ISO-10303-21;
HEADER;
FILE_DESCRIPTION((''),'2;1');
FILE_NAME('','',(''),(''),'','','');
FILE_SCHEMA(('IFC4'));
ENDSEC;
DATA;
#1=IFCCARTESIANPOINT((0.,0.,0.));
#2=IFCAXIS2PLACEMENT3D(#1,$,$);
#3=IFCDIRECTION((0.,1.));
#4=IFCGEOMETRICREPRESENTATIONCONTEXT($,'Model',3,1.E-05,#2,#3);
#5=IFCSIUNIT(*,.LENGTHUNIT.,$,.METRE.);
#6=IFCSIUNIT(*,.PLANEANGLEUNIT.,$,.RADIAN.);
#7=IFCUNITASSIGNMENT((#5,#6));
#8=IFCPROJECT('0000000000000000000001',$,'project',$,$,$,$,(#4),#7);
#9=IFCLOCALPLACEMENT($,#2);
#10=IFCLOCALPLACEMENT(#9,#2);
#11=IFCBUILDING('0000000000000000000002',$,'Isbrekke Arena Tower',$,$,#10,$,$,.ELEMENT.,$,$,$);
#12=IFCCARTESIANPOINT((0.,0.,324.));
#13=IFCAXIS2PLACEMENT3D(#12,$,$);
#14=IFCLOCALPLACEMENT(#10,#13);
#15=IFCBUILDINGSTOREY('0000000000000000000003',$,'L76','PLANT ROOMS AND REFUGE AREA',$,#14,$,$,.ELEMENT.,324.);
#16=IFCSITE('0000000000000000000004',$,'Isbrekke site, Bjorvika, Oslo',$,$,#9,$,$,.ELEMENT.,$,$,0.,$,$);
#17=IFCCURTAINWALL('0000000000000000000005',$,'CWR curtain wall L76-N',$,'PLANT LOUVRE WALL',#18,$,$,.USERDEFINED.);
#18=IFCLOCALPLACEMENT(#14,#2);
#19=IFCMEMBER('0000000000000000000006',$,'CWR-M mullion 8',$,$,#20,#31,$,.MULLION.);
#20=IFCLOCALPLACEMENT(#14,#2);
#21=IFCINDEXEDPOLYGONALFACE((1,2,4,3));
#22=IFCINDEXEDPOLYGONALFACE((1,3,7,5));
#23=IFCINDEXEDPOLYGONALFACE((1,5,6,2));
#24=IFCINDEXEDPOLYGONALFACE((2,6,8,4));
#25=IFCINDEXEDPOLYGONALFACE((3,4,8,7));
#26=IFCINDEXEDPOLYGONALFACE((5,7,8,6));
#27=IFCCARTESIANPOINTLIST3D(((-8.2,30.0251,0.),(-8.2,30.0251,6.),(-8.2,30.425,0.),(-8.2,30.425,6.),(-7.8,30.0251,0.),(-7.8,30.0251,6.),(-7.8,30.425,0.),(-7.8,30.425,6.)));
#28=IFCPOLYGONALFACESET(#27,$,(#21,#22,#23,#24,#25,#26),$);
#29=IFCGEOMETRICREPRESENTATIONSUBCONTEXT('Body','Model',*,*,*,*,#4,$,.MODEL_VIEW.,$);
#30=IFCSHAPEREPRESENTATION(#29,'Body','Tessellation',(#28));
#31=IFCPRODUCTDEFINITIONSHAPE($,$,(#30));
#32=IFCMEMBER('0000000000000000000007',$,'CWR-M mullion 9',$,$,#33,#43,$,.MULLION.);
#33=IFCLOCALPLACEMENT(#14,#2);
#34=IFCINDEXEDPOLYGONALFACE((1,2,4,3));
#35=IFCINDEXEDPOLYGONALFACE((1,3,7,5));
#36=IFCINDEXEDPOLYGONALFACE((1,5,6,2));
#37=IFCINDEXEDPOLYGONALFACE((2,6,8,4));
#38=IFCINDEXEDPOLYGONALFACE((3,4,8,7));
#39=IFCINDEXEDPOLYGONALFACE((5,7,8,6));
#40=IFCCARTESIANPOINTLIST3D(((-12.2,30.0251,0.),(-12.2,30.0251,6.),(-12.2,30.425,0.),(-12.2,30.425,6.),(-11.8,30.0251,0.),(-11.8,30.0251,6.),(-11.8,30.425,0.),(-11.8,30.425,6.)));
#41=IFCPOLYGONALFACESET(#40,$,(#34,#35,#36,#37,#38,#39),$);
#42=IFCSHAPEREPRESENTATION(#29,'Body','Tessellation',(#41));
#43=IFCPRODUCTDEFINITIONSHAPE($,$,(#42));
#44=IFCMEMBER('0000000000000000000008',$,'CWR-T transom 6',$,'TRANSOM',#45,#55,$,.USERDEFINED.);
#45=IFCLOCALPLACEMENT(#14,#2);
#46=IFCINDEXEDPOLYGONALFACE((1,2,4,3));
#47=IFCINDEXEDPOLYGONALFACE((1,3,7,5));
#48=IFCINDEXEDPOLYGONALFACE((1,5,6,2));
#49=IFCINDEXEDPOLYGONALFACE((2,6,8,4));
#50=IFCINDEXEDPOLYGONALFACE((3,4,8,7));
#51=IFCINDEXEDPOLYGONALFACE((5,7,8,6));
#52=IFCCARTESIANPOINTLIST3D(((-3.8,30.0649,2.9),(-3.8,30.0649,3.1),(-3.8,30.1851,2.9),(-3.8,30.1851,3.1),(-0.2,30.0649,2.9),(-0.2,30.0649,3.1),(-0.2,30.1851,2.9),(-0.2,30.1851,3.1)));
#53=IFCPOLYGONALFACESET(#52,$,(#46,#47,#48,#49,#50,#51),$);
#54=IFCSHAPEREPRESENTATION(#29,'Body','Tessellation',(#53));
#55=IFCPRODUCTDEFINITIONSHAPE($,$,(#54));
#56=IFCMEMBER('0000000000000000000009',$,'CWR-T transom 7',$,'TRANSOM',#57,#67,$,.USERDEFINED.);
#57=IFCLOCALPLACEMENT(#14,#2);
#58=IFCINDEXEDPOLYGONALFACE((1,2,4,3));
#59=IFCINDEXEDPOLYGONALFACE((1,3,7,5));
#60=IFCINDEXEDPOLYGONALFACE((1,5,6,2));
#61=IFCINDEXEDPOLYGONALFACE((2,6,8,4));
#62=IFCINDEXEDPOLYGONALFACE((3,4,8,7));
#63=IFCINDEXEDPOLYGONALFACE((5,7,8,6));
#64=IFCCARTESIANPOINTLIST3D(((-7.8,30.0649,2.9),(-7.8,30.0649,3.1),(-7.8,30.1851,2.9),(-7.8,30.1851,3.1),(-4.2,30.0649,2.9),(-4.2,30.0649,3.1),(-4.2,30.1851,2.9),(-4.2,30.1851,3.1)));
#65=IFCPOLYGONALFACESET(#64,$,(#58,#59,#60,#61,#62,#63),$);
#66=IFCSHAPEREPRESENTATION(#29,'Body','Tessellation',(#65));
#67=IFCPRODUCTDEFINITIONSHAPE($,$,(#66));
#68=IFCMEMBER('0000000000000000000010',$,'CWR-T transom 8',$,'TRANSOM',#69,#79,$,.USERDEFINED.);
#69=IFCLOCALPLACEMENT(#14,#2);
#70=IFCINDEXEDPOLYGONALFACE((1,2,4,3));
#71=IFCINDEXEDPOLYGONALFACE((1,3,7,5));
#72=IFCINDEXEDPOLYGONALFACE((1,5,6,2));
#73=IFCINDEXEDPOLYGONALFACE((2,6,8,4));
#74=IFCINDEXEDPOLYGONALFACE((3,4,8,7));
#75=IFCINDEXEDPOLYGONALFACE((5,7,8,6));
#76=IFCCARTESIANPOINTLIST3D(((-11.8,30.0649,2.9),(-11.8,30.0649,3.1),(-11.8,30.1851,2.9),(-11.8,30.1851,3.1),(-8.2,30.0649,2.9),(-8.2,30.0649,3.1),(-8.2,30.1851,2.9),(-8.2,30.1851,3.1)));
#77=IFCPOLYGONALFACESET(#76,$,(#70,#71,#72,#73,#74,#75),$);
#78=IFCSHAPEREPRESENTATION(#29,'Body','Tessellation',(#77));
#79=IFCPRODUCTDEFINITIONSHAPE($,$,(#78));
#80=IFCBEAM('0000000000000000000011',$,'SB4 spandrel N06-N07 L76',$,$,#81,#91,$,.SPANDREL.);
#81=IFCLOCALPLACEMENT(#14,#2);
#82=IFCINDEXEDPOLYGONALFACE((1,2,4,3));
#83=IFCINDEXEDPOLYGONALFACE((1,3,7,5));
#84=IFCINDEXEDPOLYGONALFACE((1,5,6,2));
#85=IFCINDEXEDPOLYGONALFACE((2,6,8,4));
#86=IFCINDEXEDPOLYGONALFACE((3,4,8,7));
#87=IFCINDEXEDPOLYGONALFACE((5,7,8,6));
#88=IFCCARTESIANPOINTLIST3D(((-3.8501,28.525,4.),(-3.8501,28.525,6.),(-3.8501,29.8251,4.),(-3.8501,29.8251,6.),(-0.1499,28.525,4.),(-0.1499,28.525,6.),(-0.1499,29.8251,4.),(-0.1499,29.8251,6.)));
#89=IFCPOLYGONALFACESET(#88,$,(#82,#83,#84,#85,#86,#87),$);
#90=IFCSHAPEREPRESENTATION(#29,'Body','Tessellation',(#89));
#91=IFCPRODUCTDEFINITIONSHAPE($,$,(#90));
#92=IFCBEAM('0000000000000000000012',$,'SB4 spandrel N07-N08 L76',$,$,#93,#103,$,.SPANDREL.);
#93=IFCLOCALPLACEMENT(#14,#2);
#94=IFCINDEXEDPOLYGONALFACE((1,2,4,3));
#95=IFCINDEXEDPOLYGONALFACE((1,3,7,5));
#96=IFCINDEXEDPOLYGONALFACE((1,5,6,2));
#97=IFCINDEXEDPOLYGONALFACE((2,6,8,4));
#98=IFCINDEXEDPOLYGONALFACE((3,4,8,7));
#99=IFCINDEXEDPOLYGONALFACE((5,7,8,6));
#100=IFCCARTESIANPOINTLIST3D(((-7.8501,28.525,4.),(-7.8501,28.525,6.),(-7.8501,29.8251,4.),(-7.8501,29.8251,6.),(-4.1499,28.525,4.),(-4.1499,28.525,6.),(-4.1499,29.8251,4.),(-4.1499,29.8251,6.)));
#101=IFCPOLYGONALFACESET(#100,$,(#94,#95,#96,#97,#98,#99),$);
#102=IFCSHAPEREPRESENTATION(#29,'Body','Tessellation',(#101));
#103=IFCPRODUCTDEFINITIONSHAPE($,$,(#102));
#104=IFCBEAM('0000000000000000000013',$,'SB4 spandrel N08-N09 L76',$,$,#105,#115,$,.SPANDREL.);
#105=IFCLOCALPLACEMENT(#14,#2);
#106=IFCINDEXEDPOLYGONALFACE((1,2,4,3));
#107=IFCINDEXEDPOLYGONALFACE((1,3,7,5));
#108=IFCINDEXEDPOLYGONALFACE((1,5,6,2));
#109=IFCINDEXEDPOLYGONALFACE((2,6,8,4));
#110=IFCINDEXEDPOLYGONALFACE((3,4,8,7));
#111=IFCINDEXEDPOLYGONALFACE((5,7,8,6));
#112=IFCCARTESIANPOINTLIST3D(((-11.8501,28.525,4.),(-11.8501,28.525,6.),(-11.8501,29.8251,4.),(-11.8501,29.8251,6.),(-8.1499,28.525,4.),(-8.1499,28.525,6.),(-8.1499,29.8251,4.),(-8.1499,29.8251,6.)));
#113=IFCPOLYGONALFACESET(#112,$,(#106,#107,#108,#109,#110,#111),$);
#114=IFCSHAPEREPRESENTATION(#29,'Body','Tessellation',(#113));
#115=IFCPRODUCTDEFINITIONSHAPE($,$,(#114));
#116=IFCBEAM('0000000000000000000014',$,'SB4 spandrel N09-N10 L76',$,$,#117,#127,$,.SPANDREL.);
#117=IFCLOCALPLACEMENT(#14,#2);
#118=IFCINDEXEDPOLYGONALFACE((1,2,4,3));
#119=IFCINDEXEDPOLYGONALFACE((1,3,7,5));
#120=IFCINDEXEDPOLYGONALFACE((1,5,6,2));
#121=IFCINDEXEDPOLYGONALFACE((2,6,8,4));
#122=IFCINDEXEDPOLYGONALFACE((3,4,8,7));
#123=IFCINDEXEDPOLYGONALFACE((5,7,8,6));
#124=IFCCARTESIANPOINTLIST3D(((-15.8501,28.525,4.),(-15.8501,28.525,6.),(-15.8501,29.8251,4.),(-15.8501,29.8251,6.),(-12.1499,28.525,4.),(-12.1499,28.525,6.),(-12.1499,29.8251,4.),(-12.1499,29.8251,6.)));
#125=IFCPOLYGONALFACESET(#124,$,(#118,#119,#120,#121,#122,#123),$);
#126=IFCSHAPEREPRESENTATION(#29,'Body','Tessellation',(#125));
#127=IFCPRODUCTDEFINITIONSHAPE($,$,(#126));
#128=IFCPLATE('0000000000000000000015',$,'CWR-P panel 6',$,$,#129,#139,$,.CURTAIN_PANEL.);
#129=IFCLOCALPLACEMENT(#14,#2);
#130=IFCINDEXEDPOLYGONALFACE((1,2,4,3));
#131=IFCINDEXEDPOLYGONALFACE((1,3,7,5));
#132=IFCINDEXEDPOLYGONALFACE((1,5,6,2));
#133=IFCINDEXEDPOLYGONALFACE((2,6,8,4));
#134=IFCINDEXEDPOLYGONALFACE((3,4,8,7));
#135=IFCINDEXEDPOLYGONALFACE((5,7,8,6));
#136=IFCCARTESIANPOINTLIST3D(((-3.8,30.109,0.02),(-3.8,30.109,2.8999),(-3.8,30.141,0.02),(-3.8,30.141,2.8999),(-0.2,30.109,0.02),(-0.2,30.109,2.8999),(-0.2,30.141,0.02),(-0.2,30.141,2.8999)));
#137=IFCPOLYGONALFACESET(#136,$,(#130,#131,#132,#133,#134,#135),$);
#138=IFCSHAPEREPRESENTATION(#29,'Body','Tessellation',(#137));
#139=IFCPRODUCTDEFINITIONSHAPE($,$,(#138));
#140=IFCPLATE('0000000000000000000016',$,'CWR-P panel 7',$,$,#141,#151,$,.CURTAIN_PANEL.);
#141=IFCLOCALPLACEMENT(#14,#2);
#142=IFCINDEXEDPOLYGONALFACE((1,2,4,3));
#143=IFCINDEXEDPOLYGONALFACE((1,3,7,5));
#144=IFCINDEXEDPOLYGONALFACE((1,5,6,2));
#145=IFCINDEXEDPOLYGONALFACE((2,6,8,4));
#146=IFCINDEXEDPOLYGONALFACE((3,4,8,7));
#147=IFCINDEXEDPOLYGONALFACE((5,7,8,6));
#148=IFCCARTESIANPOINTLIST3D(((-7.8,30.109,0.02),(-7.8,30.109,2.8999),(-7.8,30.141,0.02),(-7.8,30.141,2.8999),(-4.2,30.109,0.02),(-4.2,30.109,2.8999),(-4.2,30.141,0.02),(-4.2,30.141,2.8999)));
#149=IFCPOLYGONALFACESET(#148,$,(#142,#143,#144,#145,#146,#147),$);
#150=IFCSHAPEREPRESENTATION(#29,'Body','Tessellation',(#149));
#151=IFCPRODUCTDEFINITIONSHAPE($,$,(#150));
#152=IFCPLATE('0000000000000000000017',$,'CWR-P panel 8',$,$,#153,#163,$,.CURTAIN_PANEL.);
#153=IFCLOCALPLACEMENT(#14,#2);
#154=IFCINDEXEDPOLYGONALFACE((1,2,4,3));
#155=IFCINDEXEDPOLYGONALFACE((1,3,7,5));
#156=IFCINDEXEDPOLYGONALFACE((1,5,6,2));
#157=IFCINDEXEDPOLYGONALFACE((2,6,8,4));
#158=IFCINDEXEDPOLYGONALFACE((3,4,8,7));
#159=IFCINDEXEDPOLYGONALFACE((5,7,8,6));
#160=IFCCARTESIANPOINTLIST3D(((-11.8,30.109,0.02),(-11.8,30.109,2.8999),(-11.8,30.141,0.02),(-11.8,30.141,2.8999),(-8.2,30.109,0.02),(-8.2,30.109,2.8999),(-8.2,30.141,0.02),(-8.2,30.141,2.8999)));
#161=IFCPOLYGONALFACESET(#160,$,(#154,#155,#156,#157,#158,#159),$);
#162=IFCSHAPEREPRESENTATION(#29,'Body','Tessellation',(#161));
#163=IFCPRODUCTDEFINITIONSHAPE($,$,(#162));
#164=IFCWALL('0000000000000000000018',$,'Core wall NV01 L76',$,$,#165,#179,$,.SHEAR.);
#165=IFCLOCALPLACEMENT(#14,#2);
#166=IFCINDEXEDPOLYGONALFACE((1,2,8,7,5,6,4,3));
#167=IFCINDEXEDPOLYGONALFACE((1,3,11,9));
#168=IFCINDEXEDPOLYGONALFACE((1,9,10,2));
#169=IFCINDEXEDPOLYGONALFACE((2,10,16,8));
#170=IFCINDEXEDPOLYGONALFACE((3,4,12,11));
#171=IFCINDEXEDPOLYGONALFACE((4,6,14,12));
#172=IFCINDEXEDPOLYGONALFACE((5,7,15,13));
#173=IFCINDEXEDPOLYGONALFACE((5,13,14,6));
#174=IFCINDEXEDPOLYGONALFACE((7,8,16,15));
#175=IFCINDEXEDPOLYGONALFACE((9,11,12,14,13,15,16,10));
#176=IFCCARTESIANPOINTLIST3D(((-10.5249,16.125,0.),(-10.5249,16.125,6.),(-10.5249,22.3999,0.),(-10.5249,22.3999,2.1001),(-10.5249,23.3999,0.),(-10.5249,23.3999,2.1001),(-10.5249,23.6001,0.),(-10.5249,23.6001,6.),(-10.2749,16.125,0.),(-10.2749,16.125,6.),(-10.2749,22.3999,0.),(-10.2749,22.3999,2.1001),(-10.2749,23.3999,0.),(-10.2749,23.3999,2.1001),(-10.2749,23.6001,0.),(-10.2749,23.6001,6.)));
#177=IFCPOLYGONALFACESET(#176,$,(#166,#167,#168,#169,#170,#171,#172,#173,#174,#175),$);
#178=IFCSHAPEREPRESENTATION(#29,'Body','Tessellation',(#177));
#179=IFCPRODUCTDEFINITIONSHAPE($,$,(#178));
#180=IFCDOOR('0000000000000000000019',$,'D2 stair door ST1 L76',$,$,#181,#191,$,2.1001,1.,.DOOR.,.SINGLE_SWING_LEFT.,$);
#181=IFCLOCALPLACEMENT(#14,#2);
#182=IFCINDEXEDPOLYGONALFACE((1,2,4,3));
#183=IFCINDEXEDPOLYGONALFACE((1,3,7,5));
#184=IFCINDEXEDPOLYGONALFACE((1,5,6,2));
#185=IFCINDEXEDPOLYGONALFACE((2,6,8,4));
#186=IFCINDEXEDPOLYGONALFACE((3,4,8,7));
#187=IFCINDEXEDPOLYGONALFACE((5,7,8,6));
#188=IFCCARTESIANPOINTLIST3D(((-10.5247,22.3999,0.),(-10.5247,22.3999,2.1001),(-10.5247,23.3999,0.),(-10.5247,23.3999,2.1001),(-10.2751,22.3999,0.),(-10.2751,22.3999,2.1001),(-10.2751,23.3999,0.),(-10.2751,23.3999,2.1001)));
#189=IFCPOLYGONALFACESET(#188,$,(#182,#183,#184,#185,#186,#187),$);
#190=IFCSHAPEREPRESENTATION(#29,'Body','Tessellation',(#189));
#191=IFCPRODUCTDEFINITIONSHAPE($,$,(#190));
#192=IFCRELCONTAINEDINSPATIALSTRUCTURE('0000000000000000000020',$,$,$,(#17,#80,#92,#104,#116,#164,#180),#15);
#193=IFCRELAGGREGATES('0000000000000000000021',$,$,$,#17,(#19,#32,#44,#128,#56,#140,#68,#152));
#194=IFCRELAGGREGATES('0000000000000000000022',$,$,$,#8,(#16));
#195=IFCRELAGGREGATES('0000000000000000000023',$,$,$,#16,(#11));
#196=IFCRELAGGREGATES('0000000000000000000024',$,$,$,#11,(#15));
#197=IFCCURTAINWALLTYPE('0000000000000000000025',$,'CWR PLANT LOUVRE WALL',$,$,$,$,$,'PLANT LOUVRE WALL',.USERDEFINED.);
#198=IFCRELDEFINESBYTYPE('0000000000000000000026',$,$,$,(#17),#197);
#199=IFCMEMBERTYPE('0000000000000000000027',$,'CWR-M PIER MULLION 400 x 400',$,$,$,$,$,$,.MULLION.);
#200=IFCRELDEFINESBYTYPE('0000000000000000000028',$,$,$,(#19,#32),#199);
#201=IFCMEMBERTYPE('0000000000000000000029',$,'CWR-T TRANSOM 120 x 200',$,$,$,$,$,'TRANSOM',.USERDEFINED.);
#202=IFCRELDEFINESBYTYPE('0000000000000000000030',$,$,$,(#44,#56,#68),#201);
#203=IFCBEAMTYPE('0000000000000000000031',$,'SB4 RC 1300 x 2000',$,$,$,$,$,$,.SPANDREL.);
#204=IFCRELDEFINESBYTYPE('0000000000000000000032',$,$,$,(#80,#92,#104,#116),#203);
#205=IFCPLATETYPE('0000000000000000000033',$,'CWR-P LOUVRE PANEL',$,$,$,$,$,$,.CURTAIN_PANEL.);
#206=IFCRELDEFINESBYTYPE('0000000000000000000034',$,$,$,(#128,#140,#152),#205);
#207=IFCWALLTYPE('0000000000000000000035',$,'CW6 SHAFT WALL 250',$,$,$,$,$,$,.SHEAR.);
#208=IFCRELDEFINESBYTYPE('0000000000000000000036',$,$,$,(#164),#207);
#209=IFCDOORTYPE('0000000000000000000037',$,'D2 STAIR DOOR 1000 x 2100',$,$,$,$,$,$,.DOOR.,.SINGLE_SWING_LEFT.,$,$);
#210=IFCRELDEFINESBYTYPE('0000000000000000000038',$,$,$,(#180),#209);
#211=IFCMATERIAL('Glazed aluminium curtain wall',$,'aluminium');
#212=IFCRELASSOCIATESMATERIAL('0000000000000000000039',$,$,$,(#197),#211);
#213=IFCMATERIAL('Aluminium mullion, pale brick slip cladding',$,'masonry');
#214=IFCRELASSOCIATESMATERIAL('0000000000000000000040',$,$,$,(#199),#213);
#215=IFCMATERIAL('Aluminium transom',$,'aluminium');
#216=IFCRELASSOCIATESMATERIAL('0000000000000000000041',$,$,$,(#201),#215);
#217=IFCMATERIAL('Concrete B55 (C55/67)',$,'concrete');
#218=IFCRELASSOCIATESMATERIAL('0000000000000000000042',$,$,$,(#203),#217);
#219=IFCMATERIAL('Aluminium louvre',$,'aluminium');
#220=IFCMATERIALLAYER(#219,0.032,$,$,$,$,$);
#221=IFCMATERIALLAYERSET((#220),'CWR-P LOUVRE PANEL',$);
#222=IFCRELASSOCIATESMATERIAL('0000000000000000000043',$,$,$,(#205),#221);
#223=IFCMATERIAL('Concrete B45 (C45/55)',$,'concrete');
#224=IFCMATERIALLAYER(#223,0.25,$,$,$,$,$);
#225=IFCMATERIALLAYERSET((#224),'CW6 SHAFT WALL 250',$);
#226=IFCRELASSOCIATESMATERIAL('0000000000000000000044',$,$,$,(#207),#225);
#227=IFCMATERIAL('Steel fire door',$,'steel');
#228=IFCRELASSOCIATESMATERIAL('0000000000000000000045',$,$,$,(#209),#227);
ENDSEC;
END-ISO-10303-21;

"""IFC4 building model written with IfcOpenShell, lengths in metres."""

from ifc_helpers import new_model, si_unit, direction, frame, frame_2d, origin, origin_2d, place, context, subcontext, project, spatial, rectangle, extrude, material, layer, layer_set, material_profile, profile_set, type_object, element, fill, aggregate, save


model = new_model("IFC4")

# Units and contexts
model_context = context("Model", 3, precision=1e-05, world=origin(), true_north=direction((0.0, 1.0)))
body_context = subcontext(model_context, "Body", "Model", "MODEL_VIEW")
ifc_project = project(units=[si_unit("LENGTHUNIT", "METRE"), si_unit("PLANEANGLEUNIT", "RADIAN")], contexts=[model_context])

# Site, building, storey
site_placement = place(None, origin())
site = spatial("IfcSite", under=ifc_project, at=site_placement, Name="Isbrekke site, Bjorvika, Oslo", CompositionType="ELEMENT", RefElevation=0.0)
building_placement = place(site_placement, origin())
building = spatial("IfcBuilding", under=site, at=building_placement, Name="Isbrekke Arena Tower", CompositionType="ELEMENT")
storey_placement = place(building_placement, frame((0.0, 0.0, 324.0)))
storey = spatial("IfcBuildingStorey", under=building, at=storey_placement, Name="L76", Description="PLANT ROOMS AND REFUGE AREA", CompositionType="ELEMENT", Elevation=324.0)

# Curtain wall, members
ifc_material_1 = material(Name="Glazed aluminium curtain wall", Category="aluminium")
curtain_wall_type = type_object("IfcCurtainWallType", Name="CWR PLANT LOUVRE WALL", ElementType="PLANT LOUVRE WALL", PredefinedType="USERDEFINED", material=ifc_material_1)
curtain_wall_placement = place(storey_placement, origin())
curtain_wall = element("IfcCurtainWall", 1, at=curtain_wall_placement, inside=storey, type_object=curtain_wall_type, Name="CWR curtain wall L76-N", ObjectType="PLANT LOUVRE WALL", PredefinedType="USERDEFINED")
ifc_material_2 = material(Name="Aluminium mullion, pale brick slip cladding", Category="masonry")
ifc_material_profile_1 = material_profile(ifc_material_2, rectangle(XDim=0.3999, YDim=0.3999, at=origin_2d()), Name="PIER 400X400")
ifc_profile_set_1 = profile_set([ifc_material_profile_1], Name="Aluminium mullion, pale brick slip cladding")
member_type_1 = type_object("IfcMemberType", Name="CWR-M PIER MULLION 400 x 400", PredefinedType="MULLION", material=ifc_profile_set_1)
member_1_placement = place(storey_placement, frame((-8.0, 30.2251, 0.0), z_axis=(0.0, 0.0, 1.0), x_axis=(-1.0, 0.0, 0.0)))
member_1 = element("IfcMember", 2, at=member_1_placement, type_object=member_type_1, Name="CWR-M mullion 8", PredefinedType="MULLION", context=body_context, shape_type="SweptSolid", body=[
    extrude(rectangle(XDim=0.3999, YDim=0.3999, at=origin_2d()), origin(), (0.0, 0.0, 1.0), 6.0),
])
member_2_placement = place(storey_placement, frame((-12.0, 30.2251, 0.0), z_axis=(0.0, 0.0, 1.0), x_axis=(-1.0, 0.0, 0.0)))
member_2 = element("IfcMember", 3, at=member_2_placement, type_object=member_type_1, Name="CWR-M mullion 9", PredefinedType="MULLION", context=body_context, shape_type="SweptSolid", body=[
    extrude(rectangle(XDim=0.3999, YDim=0.3999, at=origin_2d()), origin(), (0.0, 0.0, 1.0), 6.0),
])
ifc_material_3 = material(Name="Aluminium transom", Category="aluminium")
ifc_material_profile_2 = material_profile(ifc_material_3, rectangle(XDim=0.1201, YDim=0.2, at=origin_2d()), Name="TRANSOM 120X200")
ifc_profile_set_2 = profile_set([ifc_material_profile_2], Name="Aluminium transom")
member_type_2 = type_object("IfcMemberType", Name="CWR-T TRANSOM 120 x 200", ElementType="TRANSOM", PredefinedType="USERDEFINED", material=ifc_profile_set_2)
member_3_placement = place(storey_placement, frame((-0.2, 30.125, 3.0), z_axis=(-1.0, 0.0, 0.0), x_axis=(0.0, -1.0, 0.0)))
member_3 = element("IfcMember", 4, at=member_3_placement, type_object=member_type_2, Name="CWR-T transom 6", ObjectType="TRANSOM", PredefinedType="USERDEFINED", context=body_context, shape_type="SweptSolid", body=[
    extrude(rectangle(XDim=0.1201, YDim=0.2, at=origin_2d()), origin(), (0.0, 0.0, 1.0), 3.6001),
])
member_4_placement = place(storey_placement, frame((-4.2, 30.125, 3.0), z_axis=(-1.0, 0.0, 0.0), x_axis=(0.0, -1.0, 0.0)))
member_4 = element("IfcMember", 5, at=member_4_placement, type_object=member_type_2, Name="CWR-T transom 7", ObjectType="TRANSOM", PredefinedType="USERDEFINED", context=body_context, shape_type="SweptSolid", body=[
    extrude(rectangle(XDim=0.1201, YDim=0.2, at=origin_2d()), origin(), (0.0, 0.0, 1.0), 3.6001),
])
member_5_placement = place(storey_placement, frame((-8.2, 30.125, 3.0), z_axis=(-1.0, 0.0, 0.0), x_axis=(0.0, -1.0, 0.0)))
member_5 = element("IfcMember", 6, at=member_5_placement, type_object=member_type_2, Name="CWR-T transom 8", ObjectType="TRANSOM", PredefinedType="USERDEFINED", context=body_context, shape_type="SweptSolid", body=[
    extrude(rectangle(XDim=0.1201, YDim=0.2, at=origin_2d()), origin(), (0.0, 0.0, 1.0), 3.6001),
])

# Beams
ifc_material_4 = material(Name="Concrete B55 (C55/67)", Category="concrete")
ifc_material_profile_3 = material_profile(ifc_material_4, rectangle(XDim=1.3, YDim=2.0, at=origin_2d()), Name="RC 1300x2000")
ifc_profile_set_3 = profile_set([ifc_material_profile_3], Name="Concrete B55 (C55/67)")
beam_type_1 = type_object("IfcBeamType", Name="SB4 RC 1300 x 2000", PredefinedType="SPANDREL", material=ifc_profile_set_3)
for number, where, z_axis, x_axis, name in (
    (7, (-0.1499, 29.175, 5.0), (-1.0, 0.0, 0.0), (0.0, -1.0, 0.0), "SB4 spandrel N06-N07 L76"),
    (8, (-4.1499, 29.175, 5.0), (-1.0, 0.0, 0.0), (0.0, -1.0, 0.0), "SB4 spandrel N07-N08 L76"),
    (9, (-8.1499, 29.175, 5.0), (-1.0, 0.0, 0.0), (0.0, -1.0, 0.0), "SB4 spandrel N08-N09 L76"),
    (10, (-12.1499, 29.175, 5.0), (-1.0, 0.0, 0.0), (0.0, -1.0, 0.0), "SB4 spandrel N09-N10 L76"),
):
    element("IfcBeam", number, at=place(storey_placement, frame(where, z_axis=z_axis, x_axis=x_axis)), inside=storey, type_object=beam_type_1, Name=name, PredefinedType="SPANDREL", context=body_context, shape_type="SweptSolid", body=[
        extrude(rectangle(XDim=1.3, YDim=2.0, at=origin_2d()), origin(), (0.0, 0.0, 1.0), 3.7002),
    ])

# Plates
ifc_material_5 = material(Name="Aluminium louvre", Category="aluminium")
ifc_layer_1 = layer(ifc_material_5, 0.032)
ifc_layer_set_1 = layer_set([ifc_layer_1], Name="CWR-P LOUVRE PANEL")
plate_type = type_object("IfcPlateType", Name="CWR-P LOUVRE PANEL", PredefinedType="CURTAIN_PANEL", material=ifc_layer_set_1)
plate_1_placement = place(storey_placement, frame((-2.0, 30.125, 0.02), z_axis=(0.0, 0.0, 1.0), x_axis=(-1.0, 0.0, 0.0)))
plate_1 = element("IfcPlate", 11, at=plate_1_placement, type_object=plate_type, Name="CWR-P panel 6", PredefinedType="CURTAIN_PANEL", context=body_context, shape_type="SweptSolid", body=[
    extrude(rectangle(XDim=3.6001, YDim=0.032, at=origin_2d()), origin(), (0.0, 0.0, 1.0), 2.8799),
])
plate_2_placement = place(storey_placement, frame((-6.0, 30.125, 0.02), z_axis=(0.0, 0.0, 1.0), x_axis=(-1.0, 0.0, 0.0)))
plate_2 = element("IfcPlate", 12, at=plate_2_placement, type_object=plate_type, Name="CWR-P panel 7", PredefinedType="CURTAIN_PANEL", context=body_context, shape_type="SweptSolid", body=[
    extrude(rectangle(XDim=3.6001, YDim=0.032, at=origin_2d()), origin(), (0.0, 0.0, 1.0), 2.8799),
])
plate_3_placement = place(storey_placement, frame((-10.0, 30.125, 0.02), z_axis=(0.0, 0.0, 1.0), x_axis=(-1.0, 0.0, 0.0)))
plate_3 = element("IfcPlate", 13, at=plate_3_placement, type_object=plate_type, Name="CWR-P panel 8", PredefinedType="CURTAIN_PANEL", context=body_context, shape_type="SweptSolid", body=[
    extrude(rectangle(XDim=3.6001, YDim=0.032, at=origin_2d()), origin(), (0.0, 0.0, 1.0), 2.8799),
])
aggregate(curtain_wall, [member_1, member_2, member_3, plate_1, member_4, plate_2, member_5, plate_3])

# Wall, opening, door
ifc_material_6 = material(Name="Concrete B45 (C45/55)", Category="concrete")
ifc_layer_2 = layer(ifc_material_6, 0.25)
ifc_layer_set_2 = layer_set([ifc_layer_2], Name="CW6 SHAFT WALL 250")
wall_type_1 = type_object("IfcWallType", Name="CW6 SHAFT WALL 250", PredefinedType="SHEAR", material=ifc_layer_set_2)
wall_1_placement = place(storey_placement, frame((-10.3999, 16.125, 0.0), z_axis=(0.0, 0.0, 1.0), x_axis=(0.0, 1.0, 0.0)))
wall_1 = element("IfcWall", 14, at=wall_1_placement, inside=storey, type_object=wall_type_1, Name="Core wall NV01 L76", PredefinedType="SHEAR", context=body_context, shape_type="SweptSolid", body=[
    extrude(rectangle(XDim=7.4751, YDim=0.25, at=frame_2d((3.7375, 0.0))), origin(), (0.0, 0.0, 1.0), 6.0),
])
opening_1_placement = place(wall_1_placement, frame((6.2749, 0.0, 0.0)))
opening_1 = element("IfcOpeningElement", 15, at=opening_1_placement, cuts=wall_1, PredefinedType="OPENING", context=body_context, shape_type="SweptSolid", body=[
    extrude(rectangle(XDim=1.0, YDim=2.1001, at=frame_2d((0.5, 1.05))), frame((0.0, 0.1399, 0.0), z_axis=(0.0, -1.0, 0.0), x_axis=(1.0, 0.0, 0.0)), (0.0, 0.0, 1.0), 0.2798),
])
ifc_material_7 = material(Name="Steel fire door", Category="steel")
door_type_1 = type_object("IfcDoorType", Name="D2 STAIR DOOR 1000 x 2100", OperationType="SINGLE_SWING_LEFT", PredefinedType="DOOR", material=ifc_material_7)
door_1_placement = place(opening_1_placement, origin())
door_1 = element("IfcDoor", 16, at=door_1_placement, inside=storey, type_object=door_type_1, Name="D2 stair door ST1 L76", OperationType="SINGLE_SWING_LEFT", OverallHeight=2.1001, OverallWidth=1.0, PredefinedType="DOOR", context=body_context, shape_type="SweptSolid", body=[
    extrude(rectangle(XDim=1.0, YDim=2.1001, at=frame_2d((0.5, 1.05))), frame((0.0, 0.1248, 0.0), z_axis=(0.0, -1.0, 0.0), x_axis=(1.0, 0.0, 0.0)), (0.0, 0.0, 1.0), 0.2495),
])
fill(opening_1, door_1)

save(model, "model.ifc")
